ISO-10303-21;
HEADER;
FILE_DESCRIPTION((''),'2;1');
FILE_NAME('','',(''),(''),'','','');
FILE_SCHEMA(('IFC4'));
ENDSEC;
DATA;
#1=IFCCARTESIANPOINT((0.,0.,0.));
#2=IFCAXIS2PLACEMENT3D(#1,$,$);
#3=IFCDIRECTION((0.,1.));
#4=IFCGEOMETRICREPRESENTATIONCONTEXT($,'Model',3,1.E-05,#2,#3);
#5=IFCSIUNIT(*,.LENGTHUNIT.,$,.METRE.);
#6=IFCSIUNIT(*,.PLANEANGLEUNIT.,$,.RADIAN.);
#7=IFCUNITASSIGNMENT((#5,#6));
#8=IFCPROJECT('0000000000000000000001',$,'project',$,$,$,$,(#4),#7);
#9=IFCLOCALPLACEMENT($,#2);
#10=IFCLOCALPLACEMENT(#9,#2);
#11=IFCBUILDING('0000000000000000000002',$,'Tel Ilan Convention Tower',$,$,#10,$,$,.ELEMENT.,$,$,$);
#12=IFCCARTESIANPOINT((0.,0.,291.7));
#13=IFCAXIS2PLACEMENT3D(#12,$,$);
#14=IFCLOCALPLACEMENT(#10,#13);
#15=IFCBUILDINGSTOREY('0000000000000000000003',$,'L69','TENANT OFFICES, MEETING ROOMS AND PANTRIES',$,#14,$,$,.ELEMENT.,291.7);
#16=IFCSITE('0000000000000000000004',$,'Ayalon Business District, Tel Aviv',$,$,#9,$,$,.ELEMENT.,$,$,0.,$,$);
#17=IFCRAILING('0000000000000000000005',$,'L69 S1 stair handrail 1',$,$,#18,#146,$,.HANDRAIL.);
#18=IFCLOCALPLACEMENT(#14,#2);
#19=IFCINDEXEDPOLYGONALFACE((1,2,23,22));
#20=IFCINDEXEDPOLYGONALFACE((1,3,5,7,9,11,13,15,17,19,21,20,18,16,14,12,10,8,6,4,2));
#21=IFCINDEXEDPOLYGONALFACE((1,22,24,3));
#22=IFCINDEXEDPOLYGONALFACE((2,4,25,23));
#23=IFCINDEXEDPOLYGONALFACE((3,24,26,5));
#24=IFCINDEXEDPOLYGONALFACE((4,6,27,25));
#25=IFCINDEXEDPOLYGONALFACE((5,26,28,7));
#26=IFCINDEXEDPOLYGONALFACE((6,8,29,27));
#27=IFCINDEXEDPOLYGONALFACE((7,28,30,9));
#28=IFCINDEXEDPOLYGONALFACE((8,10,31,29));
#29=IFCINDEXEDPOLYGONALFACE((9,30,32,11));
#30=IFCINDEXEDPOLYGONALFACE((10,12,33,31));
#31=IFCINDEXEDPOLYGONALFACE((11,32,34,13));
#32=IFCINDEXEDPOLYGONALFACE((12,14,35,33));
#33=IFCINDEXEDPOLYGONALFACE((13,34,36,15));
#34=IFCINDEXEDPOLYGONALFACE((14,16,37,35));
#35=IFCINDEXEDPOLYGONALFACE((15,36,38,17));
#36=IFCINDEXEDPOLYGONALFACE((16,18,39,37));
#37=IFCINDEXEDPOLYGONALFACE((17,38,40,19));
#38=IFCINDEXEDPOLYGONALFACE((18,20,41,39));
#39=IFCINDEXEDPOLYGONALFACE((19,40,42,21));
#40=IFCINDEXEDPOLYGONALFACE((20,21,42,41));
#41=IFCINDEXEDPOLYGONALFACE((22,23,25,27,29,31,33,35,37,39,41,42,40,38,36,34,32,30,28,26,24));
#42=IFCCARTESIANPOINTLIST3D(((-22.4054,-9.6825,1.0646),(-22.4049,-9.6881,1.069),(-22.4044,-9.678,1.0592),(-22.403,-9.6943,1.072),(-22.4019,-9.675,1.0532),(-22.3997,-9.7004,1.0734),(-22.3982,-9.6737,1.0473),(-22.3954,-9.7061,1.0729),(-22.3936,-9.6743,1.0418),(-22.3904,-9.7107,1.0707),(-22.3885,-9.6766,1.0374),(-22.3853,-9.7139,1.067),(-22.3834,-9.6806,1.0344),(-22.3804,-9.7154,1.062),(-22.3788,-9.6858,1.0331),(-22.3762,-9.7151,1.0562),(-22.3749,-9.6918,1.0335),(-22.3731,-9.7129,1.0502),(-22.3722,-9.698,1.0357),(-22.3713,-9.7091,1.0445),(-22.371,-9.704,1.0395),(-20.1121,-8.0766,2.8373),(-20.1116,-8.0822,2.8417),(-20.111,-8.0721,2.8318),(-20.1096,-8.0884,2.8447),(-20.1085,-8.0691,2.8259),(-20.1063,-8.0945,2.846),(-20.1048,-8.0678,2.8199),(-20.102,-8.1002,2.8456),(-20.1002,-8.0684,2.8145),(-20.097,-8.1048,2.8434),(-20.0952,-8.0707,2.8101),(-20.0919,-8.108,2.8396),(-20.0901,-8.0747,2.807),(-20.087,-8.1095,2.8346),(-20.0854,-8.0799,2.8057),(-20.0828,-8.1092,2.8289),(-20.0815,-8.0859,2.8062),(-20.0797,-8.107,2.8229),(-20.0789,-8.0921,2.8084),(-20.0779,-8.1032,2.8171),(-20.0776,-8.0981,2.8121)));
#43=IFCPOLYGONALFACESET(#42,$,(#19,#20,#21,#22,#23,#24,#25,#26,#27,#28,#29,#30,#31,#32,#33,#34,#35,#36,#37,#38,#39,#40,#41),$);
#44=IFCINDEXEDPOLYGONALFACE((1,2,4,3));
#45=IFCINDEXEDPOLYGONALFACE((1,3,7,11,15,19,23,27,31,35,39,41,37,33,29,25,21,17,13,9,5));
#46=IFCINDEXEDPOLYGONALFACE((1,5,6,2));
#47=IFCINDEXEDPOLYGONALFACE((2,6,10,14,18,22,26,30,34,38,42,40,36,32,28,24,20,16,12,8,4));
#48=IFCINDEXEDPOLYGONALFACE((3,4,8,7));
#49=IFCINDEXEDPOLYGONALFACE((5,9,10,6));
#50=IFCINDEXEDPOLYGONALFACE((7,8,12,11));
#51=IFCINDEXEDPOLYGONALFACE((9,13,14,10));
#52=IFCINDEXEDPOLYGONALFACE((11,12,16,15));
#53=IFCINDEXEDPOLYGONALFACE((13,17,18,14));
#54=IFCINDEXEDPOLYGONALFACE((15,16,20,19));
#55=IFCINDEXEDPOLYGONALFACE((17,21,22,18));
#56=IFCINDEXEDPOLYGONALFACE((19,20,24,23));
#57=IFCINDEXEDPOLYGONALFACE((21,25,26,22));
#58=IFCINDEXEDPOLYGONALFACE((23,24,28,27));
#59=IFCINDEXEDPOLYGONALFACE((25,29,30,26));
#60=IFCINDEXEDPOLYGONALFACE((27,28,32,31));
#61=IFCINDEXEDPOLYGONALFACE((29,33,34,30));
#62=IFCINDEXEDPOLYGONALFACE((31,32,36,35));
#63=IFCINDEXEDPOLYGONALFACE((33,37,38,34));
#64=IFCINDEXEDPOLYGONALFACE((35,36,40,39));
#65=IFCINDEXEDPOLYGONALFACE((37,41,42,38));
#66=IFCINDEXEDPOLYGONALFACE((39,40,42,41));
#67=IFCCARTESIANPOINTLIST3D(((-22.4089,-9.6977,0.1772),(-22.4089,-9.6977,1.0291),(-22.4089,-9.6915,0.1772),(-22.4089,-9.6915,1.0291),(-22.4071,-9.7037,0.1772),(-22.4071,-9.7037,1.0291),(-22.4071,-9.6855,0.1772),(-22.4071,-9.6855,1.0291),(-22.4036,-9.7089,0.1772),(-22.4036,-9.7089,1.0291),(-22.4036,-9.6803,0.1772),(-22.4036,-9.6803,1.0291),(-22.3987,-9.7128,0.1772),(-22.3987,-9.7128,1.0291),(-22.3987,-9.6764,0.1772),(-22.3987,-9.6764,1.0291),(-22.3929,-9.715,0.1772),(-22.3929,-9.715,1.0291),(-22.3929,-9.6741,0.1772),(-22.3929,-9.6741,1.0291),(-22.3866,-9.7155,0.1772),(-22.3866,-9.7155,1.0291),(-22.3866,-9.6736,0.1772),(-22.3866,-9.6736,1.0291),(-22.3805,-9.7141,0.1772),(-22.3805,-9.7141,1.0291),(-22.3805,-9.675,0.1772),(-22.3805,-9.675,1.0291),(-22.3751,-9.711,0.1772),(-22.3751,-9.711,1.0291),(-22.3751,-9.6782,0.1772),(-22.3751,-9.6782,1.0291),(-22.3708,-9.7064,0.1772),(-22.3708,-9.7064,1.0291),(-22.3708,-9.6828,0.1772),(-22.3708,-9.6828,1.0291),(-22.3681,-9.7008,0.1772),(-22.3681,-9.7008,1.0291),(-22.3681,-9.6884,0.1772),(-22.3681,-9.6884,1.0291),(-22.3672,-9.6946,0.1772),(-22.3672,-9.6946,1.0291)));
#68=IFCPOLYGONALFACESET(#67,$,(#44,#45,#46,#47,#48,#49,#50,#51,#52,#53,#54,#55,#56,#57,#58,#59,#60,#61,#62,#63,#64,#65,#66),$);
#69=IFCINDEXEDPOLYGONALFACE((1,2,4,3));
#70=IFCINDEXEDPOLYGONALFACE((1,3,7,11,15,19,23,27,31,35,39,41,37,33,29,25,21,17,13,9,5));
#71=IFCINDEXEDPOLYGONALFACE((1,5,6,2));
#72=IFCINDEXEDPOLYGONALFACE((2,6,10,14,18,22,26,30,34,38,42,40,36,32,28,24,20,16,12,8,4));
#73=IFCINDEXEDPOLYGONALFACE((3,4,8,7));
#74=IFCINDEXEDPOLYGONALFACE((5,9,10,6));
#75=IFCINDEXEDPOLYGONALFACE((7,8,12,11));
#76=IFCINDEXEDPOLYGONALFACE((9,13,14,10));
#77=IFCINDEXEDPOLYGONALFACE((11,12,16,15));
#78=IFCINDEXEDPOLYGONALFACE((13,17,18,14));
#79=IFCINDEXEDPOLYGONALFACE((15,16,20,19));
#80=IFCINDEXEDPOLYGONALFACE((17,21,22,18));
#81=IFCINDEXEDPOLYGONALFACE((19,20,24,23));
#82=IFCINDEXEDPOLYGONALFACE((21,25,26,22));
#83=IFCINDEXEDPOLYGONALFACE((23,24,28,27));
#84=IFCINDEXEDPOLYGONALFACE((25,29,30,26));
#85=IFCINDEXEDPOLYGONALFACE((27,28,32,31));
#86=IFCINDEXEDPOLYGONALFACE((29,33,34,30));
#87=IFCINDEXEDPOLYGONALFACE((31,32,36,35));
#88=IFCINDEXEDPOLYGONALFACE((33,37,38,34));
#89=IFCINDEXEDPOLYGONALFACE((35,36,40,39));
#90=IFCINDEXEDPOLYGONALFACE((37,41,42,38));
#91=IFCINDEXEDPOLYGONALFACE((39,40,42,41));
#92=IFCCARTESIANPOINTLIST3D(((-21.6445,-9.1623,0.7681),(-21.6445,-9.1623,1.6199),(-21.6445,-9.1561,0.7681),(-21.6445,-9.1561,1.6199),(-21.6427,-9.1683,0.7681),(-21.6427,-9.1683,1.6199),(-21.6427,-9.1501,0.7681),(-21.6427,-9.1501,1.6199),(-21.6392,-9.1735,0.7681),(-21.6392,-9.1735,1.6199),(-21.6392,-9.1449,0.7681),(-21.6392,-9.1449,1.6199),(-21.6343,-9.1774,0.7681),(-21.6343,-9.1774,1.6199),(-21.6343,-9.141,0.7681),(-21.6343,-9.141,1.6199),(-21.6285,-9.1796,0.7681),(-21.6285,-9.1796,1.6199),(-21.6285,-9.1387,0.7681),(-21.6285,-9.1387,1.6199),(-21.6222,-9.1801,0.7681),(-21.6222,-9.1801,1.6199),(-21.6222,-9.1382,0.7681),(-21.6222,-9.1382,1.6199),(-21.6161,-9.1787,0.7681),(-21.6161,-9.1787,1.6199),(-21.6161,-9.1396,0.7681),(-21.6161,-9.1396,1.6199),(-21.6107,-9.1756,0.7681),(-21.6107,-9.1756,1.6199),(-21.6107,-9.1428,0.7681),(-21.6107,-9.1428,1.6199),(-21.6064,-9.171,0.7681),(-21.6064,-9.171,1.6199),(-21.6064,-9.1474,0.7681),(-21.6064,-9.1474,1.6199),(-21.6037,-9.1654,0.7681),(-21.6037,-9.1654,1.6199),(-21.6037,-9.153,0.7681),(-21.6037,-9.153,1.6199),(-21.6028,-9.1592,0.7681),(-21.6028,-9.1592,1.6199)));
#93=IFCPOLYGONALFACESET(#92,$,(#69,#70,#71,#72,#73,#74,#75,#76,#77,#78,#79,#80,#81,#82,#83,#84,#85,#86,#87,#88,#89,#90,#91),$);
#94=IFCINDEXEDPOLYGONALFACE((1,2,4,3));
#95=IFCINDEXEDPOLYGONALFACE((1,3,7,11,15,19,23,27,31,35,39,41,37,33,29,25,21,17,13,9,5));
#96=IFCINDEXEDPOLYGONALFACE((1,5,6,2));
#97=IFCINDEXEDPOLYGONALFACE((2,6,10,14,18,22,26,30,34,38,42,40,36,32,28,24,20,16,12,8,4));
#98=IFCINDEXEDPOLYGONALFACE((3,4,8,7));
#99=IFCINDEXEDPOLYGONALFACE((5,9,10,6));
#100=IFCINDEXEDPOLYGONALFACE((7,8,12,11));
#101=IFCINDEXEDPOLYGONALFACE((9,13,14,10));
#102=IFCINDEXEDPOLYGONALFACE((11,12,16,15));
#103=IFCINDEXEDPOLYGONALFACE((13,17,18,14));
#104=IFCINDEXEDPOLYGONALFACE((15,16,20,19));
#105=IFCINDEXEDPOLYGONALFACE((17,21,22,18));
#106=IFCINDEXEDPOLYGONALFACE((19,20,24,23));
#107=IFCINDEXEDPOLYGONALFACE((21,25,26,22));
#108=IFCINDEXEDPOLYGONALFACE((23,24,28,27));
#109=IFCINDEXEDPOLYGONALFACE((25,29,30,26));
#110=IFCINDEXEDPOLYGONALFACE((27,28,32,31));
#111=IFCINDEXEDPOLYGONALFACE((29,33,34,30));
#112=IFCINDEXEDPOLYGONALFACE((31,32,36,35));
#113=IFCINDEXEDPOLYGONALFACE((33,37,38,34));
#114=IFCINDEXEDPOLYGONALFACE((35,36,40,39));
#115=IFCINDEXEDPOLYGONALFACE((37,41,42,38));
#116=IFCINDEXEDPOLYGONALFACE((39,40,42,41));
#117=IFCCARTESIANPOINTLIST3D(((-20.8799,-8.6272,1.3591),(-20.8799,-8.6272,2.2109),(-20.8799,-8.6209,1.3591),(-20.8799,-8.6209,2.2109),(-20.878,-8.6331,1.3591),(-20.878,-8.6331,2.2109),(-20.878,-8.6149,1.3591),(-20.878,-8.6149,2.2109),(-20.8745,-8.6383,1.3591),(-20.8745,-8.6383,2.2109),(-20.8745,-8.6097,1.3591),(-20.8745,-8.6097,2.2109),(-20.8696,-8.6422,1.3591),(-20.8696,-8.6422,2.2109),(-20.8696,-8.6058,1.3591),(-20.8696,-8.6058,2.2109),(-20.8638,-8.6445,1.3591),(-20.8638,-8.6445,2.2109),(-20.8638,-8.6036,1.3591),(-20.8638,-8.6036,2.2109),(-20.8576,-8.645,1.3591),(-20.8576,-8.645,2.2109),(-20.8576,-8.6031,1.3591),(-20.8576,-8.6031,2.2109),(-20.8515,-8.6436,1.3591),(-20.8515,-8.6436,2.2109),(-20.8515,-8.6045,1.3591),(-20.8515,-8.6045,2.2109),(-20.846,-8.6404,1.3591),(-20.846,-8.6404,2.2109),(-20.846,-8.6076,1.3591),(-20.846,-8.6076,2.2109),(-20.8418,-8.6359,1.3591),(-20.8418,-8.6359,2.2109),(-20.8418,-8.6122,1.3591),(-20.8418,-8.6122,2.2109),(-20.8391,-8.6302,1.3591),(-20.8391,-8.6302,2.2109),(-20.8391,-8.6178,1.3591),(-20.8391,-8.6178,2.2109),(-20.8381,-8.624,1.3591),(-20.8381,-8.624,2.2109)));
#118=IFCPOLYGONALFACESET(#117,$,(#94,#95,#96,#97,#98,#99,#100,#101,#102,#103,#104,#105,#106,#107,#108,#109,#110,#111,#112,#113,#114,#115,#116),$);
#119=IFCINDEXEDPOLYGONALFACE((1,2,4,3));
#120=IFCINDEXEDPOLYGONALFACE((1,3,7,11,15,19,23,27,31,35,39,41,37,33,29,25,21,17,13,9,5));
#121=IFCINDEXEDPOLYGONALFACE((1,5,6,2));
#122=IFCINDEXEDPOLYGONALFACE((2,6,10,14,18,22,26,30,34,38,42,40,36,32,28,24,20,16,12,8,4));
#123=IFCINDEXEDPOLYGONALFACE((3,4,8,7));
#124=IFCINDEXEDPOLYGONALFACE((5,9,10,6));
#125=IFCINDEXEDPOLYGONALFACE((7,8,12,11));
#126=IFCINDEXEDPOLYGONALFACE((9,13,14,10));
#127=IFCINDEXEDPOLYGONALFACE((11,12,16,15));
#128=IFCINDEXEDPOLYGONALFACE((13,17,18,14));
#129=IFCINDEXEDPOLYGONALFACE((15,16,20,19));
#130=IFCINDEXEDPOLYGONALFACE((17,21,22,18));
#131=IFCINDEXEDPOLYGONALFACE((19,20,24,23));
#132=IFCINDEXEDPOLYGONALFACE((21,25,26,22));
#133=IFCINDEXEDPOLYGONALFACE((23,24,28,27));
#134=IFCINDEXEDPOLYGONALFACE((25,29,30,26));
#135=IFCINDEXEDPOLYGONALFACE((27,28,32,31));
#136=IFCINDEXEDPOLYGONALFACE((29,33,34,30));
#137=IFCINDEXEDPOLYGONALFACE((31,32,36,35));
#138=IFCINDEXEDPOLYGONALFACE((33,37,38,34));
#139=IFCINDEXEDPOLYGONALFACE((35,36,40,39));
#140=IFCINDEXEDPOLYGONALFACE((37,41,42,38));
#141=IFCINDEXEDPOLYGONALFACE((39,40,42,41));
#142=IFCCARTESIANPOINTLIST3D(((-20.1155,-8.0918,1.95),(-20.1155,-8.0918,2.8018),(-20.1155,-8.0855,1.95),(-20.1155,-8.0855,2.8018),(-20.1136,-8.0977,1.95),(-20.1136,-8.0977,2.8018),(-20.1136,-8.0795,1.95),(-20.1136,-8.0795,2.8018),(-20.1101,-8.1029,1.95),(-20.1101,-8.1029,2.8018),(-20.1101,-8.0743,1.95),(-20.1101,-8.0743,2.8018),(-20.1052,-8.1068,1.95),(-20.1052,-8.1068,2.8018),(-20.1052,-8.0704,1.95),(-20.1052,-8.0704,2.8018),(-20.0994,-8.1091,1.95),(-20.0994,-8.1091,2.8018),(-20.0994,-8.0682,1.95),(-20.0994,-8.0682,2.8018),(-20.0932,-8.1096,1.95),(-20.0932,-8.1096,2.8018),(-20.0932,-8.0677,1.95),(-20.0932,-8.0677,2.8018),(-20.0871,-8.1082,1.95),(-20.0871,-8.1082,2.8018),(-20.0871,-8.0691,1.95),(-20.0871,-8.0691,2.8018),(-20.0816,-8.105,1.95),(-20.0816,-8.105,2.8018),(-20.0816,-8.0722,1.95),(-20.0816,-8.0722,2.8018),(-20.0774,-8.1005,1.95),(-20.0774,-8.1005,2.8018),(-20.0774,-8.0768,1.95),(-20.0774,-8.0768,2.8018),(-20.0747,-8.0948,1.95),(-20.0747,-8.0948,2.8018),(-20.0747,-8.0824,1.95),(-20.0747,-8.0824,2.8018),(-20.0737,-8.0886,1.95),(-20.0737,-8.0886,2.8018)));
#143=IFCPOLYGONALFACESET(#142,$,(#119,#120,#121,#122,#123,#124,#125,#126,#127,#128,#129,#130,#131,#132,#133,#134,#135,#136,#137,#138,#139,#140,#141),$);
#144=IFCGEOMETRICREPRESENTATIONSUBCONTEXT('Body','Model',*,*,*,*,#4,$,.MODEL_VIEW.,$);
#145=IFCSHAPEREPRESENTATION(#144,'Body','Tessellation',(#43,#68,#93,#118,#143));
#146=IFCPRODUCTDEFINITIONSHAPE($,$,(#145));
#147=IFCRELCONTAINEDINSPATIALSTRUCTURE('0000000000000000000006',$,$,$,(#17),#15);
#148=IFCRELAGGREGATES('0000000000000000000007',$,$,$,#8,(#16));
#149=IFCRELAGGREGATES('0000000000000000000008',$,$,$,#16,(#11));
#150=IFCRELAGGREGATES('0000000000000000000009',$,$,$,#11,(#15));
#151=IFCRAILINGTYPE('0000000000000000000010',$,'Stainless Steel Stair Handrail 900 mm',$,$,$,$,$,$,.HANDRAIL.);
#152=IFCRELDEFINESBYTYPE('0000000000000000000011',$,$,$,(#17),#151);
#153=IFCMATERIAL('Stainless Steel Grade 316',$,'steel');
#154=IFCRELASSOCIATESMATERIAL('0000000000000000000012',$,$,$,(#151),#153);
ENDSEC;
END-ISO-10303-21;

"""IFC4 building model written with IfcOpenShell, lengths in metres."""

from ifc_helpers import new_model, si_unit, direction, frame, origin, origin_2d, place, context, subcontext, project, spatial, circle, extrude, material, type_object, element, save


model = new_model("IFC4")

# Units and contexts
model_context = context("Model", 3, precision=1e-05, world=origin(), true_north=direction((0.0, 1.0)))
body_context = subcontext(model_context, "Body", "Model", "MODEL_VIEW")
ifc_project = project(units=[si_unit("LENGTHUNIT", "METRE"), si_unit("PLANEANGLEUNIT", "RADIAN")], contexts=[model_context])

# Site, building, storey
site_placement = place(None, origin())
site = spatial("IfcSite", under=ifc_project, at=site_placement, Name="Ayalon Business District, Tel Aviv", CompositionType="ELEMENT", RefElevation=0.0)
building_placement = place(site_placement, origin())
building = spatial("IfcBuilding", under=site, at=building_placement, Name="Tel Ilan Convention Tower", CompositionType="ELEMENT")
storey_placement = place(building_placement, frame((0.0, 0.0, 291.7)))
storey = spatial("IfcBuildingStorey", under=building, at=storey_placement, Name="L69", Description="TENANT OFFICES, MEETING ROOMS AND PANTRIES", CompositionType="ELEMENT", Elevation=291.7)

# Railing
ifc_material_1 = material(Name="Stainless Steel Grade 316", Category="steel")
railing_type_1 = type_object("IfcRailingType", Name="Stainless Steel Stair Handrail 900 mm", PredefinedType="HANDRAIL", material=ifc_material_1)
railing_1_placement = place(storey_placement, frame((-22.3882, -9.6946, 0.1772)))
element("IfcRailing", 1, at=railing_1_placement, inside=storey, type_object=railing_type_1, Name="L69 S1 stair handrail 1", PredefinedType="HANDRAIL", context=body_context, shape_type="SweptSolid", body=[
    extrude(circle(Radius=0.0239, at=origin_2d()), frame((0.0, 0.0, 0.876), z_axis=(0.692085, 0.484621, 0.53494), x_axis=(-0.573591, 0.819142, 0.0)), (0.0, 0.0, 1.0), 3.3137),
    extrude(circle(Radius=0.021, at=origin_2d()), origin(), (0.0, 0.0, 1.0), 0.8518),
    extrude(circle(Radius=0.021, at=origin_2d()), frame((0.7644, 0.5354, 0.5908)), (0.0, 0.0, 1.0), 0.8518),
    extrude(circle(Radius=0.021, at=origin_2d()), frame((1.5291, 1.0706, 1.1819)), (0.0, 0.0, 1.0), 0.8518),
    extrude(circle(Radius=0.021, at=origin_2d()), frame((2.2935, 1.606, 1.7727)), (0.0, 0.0, 1.0), 0.8518),
])

save(model, "model.ifc")
